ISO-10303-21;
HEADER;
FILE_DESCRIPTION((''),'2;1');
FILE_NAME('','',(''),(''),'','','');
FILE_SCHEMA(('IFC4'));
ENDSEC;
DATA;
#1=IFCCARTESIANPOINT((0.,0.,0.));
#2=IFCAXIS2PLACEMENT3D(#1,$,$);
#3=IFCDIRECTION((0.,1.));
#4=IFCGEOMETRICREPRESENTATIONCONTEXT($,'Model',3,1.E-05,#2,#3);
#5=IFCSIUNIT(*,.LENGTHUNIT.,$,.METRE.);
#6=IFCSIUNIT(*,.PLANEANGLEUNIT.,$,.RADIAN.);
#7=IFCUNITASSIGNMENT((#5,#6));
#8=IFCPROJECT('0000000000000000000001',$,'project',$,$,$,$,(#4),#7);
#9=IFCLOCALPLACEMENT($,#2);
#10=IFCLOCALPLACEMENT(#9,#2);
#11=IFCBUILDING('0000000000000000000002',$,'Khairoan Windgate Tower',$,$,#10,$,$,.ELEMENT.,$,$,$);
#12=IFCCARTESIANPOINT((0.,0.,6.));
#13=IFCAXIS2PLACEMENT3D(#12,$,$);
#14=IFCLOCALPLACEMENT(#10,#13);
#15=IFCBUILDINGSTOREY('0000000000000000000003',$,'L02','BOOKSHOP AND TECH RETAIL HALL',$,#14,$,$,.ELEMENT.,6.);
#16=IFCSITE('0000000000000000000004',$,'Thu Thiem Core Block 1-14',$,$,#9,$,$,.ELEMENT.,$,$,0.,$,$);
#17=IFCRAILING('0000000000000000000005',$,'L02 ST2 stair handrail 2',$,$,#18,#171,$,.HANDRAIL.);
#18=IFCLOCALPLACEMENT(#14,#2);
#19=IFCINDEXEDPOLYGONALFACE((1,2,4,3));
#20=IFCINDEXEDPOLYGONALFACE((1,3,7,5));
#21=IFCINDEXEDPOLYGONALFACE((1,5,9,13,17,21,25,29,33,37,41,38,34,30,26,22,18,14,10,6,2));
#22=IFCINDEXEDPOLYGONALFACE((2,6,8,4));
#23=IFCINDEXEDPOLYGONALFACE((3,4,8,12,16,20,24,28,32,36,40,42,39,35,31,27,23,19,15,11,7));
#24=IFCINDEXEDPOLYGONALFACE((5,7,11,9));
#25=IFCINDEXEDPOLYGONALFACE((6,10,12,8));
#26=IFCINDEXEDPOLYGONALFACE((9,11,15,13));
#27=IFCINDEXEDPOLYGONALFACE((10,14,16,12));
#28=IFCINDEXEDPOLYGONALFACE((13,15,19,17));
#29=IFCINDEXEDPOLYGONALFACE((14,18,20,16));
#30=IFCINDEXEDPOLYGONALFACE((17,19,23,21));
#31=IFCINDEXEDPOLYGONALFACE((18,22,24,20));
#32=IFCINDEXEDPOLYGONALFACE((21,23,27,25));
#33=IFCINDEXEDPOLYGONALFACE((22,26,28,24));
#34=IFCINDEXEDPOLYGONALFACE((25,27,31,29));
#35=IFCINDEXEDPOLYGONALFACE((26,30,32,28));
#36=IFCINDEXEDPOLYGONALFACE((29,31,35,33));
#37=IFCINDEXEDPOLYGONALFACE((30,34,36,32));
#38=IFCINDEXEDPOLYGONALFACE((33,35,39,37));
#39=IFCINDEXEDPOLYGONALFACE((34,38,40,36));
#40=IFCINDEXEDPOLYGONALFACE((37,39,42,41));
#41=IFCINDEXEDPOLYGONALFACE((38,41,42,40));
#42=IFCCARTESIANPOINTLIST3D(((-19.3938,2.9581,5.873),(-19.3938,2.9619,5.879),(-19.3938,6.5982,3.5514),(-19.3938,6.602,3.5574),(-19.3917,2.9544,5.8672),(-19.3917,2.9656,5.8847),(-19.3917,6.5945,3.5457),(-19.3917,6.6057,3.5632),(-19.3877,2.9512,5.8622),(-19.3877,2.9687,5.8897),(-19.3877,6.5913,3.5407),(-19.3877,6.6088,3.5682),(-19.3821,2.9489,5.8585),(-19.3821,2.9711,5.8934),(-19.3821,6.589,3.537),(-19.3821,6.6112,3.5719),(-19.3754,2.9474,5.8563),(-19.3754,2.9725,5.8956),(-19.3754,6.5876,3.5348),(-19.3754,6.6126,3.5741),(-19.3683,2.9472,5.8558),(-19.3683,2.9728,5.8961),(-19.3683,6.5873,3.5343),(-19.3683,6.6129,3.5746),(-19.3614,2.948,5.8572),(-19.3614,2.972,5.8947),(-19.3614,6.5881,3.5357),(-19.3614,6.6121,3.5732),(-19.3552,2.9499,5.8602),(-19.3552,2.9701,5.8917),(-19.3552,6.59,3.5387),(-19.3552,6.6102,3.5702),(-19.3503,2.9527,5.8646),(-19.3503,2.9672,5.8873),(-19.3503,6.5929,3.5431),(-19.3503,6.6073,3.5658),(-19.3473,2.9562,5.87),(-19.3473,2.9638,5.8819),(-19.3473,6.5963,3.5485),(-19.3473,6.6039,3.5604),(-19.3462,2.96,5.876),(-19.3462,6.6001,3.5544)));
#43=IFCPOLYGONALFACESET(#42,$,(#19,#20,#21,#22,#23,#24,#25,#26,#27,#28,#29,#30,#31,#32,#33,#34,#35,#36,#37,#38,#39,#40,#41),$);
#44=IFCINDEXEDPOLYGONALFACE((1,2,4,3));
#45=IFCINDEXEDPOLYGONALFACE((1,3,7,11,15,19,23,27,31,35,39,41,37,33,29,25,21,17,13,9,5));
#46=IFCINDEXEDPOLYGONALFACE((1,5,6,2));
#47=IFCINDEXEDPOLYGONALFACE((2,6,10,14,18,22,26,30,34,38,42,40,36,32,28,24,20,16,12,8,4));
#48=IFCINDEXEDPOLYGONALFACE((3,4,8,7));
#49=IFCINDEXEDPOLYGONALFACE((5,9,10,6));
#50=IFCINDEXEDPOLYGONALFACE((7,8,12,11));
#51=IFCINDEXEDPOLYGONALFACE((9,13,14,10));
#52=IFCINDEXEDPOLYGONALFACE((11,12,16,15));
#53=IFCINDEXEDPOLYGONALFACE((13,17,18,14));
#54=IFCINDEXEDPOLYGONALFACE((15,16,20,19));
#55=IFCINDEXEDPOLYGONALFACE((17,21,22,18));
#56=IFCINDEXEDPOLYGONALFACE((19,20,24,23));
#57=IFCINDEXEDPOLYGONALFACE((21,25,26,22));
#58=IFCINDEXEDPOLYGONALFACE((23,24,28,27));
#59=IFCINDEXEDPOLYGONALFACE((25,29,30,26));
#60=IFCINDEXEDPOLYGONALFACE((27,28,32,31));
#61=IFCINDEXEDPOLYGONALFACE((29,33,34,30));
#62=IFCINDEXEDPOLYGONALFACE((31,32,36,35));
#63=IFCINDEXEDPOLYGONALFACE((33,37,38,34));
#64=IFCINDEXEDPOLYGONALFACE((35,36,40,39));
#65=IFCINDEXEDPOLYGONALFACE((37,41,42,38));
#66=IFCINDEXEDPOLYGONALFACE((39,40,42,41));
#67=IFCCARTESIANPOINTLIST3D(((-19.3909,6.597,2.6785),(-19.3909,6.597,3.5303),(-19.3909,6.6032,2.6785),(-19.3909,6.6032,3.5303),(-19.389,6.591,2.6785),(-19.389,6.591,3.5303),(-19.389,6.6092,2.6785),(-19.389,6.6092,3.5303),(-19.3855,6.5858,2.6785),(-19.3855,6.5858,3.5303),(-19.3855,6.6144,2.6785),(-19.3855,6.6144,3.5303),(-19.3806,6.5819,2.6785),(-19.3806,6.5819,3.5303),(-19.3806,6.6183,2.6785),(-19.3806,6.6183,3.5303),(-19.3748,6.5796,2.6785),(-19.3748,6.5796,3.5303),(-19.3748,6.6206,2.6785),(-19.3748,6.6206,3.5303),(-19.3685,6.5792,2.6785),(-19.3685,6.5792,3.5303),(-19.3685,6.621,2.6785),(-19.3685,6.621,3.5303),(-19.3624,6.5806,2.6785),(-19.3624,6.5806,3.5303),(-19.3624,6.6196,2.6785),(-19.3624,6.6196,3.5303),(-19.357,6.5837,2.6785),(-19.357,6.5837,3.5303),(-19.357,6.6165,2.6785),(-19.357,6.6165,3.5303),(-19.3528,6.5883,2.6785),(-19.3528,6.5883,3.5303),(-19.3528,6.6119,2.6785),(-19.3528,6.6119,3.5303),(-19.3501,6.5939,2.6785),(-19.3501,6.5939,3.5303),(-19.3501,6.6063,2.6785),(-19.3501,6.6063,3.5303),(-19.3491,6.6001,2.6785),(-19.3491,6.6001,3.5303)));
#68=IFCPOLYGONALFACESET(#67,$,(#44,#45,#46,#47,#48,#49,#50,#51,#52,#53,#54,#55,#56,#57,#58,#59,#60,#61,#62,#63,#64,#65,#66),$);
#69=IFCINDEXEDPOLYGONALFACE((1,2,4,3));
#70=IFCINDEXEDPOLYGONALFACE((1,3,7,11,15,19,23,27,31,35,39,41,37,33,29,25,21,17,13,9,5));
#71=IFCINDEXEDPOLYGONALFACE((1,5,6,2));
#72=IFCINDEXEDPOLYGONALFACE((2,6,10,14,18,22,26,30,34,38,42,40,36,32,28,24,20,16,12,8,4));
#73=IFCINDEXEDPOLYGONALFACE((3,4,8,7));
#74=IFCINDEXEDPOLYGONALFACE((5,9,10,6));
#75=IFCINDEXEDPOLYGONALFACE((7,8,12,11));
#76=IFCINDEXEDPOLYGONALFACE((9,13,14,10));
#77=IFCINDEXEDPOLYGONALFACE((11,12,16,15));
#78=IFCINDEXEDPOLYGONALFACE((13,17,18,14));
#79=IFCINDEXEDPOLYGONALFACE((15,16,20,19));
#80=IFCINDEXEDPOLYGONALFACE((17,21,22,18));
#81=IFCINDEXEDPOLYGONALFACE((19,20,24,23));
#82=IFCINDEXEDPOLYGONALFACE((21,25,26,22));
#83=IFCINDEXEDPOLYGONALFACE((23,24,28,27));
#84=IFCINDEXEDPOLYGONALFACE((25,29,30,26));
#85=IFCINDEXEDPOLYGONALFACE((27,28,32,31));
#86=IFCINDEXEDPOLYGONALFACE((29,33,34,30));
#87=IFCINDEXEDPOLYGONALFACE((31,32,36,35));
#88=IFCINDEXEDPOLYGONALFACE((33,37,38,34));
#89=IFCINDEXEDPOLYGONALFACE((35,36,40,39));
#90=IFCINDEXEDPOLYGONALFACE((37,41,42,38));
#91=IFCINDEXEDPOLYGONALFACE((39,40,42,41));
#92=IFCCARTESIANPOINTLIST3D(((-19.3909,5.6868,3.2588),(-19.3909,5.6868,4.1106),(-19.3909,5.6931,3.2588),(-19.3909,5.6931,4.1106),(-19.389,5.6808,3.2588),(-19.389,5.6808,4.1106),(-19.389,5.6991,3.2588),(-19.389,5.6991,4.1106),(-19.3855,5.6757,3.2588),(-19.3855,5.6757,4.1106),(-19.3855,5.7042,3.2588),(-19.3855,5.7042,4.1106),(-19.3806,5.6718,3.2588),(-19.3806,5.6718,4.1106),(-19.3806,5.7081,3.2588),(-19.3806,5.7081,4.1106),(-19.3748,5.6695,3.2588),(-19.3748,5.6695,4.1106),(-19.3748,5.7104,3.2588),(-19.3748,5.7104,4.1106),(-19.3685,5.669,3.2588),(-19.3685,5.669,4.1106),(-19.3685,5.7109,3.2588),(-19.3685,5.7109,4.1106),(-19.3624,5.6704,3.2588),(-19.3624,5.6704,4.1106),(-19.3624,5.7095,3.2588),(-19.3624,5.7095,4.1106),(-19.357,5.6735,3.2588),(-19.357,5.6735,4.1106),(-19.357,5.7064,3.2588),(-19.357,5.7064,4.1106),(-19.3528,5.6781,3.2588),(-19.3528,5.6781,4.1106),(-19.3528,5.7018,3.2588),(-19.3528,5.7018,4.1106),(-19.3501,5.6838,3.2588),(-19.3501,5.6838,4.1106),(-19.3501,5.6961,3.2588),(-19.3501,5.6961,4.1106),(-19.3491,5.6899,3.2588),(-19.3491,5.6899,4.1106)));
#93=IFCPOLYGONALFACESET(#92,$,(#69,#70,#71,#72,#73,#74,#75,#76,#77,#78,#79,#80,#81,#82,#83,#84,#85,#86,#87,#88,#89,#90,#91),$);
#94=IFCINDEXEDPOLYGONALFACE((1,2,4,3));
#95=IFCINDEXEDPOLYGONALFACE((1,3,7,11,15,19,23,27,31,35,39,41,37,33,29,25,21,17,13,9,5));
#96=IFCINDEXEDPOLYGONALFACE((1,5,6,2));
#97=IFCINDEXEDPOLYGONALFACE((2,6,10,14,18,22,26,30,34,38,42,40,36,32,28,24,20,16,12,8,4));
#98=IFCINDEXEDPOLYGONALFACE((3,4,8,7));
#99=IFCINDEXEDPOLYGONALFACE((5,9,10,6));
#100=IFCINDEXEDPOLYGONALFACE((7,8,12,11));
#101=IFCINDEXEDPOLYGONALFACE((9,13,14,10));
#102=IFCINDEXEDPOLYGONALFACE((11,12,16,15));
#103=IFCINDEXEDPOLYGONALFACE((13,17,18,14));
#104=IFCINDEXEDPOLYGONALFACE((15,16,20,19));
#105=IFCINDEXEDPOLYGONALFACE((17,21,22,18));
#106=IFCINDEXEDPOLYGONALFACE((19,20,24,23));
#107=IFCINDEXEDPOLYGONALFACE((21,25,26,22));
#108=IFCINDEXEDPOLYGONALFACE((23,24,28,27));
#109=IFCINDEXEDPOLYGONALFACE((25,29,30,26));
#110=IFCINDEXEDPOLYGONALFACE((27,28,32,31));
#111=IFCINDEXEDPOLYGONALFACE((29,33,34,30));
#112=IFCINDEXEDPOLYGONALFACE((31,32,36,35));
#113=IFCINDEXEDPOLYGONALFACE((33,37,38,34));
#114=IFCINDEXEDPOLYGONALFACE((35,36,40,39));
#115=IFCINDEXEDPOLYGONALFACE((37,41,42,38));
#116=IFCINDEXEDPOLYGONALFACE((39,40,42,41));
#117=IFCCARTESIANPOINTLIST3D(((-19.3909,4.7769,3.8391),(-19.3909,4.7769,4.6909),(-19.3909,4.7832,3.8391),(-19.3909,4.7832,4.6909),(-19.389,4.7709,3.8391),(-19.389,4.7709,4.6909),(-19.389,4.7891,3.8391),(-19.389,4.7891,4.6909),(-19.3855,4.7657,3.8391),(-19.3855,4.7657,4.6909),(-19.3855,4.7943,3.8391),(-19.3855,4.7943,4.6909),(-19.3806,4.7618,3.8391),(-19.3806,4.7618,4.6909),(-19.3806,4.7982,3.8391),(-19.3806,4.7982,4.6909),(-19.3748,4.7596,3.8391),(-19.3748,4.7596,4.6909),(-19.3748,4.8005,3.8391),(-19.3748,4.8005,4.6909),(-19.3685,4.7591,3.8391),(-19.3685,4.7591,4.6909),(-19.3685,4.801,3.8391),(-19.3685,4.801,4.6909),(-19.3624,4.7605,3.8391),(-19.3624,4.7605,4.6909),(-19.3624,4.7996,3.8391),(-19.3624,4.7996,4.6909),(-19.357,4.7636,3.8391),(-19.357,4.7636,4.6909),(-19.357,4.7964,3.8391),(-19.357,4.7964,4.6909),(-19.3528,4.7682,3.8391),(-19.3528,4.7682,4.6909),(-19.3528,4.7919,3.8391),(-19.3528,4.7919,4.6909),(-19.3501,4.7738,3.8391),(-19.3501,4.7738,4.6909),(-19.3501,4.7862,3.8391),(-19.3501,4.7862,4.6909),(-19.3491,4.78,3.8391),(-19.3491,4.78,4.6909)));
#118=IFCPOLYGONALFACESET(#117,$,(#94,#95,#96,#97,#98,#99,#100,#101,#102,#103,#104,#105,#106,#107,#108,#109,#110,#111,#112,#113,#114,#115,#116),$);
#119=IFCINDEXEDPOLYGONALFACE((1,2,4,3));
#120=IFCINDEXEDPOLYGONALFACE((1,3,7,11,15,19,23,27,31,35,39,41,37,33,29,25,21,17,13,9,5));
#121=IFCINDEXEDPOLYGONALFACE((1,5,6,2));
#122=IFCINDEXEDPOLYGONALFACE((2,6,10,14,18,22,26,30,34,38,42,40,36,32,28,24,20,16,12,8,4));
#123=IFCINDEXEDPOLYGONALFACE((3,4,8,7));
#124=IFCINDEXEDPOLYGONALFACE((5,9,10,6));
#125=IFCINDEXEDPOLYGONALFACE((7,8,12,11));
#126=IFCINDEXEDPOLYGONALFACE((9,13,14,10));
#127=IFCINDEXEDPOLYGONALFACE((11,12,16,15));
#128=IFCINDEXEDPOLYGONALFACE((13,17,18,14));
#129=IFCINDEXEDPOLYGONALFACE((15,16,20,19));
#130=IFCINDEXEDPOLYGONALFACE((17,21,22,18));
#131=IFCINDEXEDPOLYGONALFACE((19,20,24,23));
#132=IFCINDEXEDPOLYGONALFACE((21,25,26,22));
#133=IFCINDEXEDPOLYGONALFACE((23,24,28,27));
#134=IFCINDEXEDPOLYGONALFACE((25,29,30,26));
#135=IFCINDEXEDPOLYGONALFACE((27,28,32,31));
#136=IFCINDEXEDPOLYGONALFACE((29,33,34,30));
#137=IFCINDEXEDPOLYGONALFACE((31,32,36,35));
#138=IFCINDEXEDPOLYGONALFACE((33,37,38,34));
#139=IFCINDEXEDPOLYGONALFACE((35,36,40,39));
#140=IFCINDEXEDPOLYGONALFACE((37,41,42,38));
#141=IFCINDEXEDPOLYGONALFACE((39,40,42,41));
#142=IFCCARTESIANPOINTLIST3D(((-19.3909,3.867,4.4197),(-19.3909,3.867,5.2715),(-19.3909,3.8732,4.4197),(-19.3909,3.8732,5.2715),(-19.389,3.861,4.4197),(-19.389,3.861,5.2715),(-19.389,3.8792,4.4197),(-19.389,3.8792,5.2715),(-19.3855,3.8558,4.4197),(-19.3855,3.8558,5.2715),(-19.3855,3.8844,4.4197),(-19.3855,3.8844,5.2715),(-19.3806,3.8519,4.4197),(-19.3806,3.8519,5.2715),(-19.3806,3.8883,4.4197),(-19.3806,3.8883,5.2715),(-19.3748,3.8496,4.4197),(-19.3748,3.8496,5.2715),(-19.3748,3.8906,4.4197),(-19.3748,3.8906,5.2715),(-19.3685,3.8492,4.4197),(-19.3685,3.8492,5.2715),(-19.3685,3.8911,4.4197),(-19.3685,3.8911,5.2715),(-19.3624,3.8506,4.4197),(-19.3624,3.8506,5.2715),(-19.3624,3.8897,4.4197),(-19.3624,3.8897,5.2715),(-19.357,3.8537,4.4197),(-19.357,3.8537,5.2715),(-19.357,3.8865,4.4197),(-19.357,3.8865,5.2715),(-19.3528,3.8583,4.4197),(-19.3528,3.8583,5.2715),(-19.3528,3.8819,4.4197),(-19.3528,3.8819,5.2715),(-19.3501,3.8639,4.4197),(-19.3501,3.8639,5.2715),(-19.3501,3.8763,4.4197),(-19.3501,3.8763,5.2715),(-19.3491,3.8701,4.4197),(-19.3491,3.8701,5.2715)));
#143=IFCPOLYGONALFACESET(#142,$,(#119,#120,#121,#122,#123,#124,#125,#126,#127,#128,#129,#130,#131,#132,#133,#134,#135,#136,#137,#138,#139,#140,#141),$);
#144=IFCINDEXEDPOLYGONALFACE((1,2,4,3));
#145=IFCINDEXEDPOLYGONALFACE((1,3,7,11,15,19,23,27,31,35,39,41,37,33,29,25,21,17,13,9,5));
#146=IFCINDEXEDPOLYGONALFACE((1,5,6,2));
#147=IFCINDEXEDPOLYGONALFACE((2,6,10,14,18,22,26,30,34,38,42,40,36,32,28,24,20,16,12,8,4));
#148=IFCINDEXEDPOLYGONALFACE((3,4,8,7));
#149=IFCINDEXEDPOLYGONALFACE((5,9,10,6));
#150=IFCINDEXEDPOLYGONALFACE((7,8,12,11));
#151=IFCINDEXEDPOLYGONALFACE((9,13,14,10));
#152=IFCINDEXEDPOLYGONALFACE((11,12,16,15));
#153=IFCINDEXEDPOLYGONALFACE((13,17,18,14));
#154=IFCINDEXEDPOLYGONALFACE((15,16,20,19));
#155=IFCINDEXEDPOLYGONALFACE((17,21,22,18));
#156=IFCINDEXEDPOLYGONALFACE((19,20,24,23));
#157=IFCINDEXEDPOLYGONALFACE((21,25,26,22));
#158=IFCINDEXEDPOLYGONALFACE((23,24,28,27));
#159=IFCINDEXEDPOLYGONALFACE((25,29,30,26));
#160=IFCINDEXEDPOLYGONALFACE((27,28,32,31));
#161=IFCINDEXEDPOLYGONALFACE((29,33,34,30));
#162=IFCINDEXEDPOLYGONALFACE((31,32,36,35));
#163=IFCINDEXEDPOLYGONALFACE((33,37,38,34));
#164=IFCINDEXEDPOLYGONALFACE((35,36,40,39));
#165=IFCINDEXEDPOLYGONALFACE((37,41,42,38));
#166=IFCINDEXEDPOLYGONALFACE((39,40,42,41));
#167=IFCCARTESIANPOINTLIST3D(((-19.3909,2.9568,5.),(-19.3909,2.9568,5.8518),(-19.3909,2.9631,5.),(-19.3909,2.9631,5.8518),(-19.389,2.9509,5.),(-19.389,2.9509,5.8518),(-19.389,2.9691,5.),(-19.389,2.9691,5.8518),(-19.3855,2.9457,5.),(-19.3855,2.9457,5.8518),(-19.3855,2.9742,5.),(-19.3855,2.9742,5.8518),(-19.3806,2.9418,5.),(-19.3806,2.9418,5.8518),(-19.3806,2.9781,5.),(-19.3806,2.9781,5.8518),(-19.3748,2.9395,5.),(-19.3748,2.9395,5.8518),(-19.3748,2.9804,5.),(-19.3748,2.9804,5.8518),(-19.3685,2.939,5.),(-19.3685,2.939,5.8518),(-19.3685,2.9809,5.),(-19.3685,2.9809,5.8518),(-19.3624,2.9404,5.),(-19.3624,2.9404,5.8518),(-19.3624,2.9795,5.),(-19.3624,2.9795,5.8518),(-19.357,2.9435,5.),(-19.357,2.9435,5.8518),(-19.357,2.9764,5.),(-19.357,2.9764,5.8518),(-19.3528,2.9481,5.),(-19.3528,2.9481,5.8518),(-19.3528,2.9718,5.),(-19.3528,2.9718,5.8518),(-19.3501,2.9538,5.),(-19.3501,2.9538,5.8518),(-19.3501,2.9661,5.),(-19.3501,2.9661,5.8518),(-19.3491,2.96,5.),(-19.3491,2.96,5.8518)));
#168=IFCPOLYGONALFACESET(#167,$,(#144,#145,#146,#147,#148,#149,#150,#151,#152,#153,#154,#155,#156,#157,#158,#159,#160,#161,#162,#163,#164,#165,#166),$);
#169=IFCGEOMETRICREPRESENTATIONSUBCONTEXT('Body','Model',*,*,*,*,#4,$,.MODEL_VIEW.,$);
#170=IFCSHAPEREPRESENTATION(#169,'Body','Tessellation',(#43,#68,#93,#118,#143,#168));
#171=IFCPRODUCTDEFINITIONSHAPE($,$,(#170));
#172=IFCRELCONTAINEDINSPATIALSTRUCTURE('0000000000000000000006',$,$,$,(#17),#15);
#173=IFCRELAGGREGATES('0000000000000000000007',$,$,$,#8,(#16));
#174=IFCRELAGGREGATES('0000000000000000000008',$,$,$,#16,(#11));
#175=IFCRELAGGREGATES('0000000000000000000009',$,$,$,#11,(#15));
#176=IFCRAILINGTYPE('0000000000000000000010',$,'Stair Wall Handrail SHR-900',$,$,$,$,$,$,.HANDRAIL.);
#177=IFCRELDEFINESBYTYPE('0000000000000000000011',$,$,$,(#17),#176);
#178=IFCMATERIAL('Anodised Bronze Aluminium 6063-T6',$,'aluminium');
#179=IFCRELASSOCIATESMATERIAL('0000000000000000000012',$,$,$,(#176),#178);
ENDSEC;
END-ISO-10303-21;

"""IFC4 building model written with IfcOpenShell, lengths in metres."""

from ifc_helpers import new_model, si_unit, direction, frame, origin, origin_2d, place, context, subcontext, project, spatial, circle, extrude, material, type_object, element, save


model = new_model("IFC4")

# Units and contexts
model_context = context("Model", 3, precision=1e-05, world=origin(), true_north=direction((0.0, 1.0)))
body_context = subcontext(model_context, "Body", "Model", "MODEL_VIEW")
ifc_project = project(units=[si_unit("LENGTHUNIT", "METRE"), si_unit("PLANEANGLEUNIT", "RADIAN")], contexts=[model_context])

# Site, building, storey
site_placement = place(None, origin())
site = spatial("IfcSite", under=ifc_project, at=site_placement, Name="Thu Thiem Core Block 1-14", CompositionType="ELEMENT", RefElevation=0.0)
building_placement = place(site_placement, origin())
building = spatial("IfcBuilding", under=site, at=building_placement, Name="Khairoan Windgate Tower", CompositionType="ELEMENT")
storey_placement = place(building_placement, frame((0.0, 0.0, 6.0)))
storey = spatial("IfcBuildingStorey", under=building, at=storey_placement, Name="L02", Description="BOOKSHOP AND TECH RETAIL HALL", CompositionType="ELEMENT", Elevation=6.0)

# Railing
ifc_material_1 = material(Name="Anodised Bronze Aluminium 6063-T6", Category="aluminium")
railing_type_1 = type_object("IfcRailingType", Name="Stair Wall Handrail SHR-900", PredefinedType="HANDRAIL", material=ifc_material_1)
railing_1_placement = place(storey_placement, frame((-19.3701, 6.6001, 2.6785)))
element("IfcRailing", 1, at=railing_1_placement, inside=storey, type_object=railing_type_1, Name="L02 ST2 stair handrail 2", PredefinedType="HANDRAIL", context=body_context, shape_type="SweptSolid", body=[
    extrude(circle(Radius=0.0239, at=origin_2d()), frame((0.0, 0.0, 0.876), z_axis=(0.0, -0.843128, 0.537713), x_axis=(1.0, 0.0, 0.0)), (0.0, 0.0, 1.0), 4.3174),
    extrude(circle(Radius=0.021, at=origin_2d()), origin(), (0.0, 0.0, 1.0), 0.8518),
    extrude(circle(Radius=0.021, at=origin_2d()), frame((0.0, -0.9102, 0.5803)), (0.0, 0.0, 1.0), 0.8518),
    extrude(circle(Radius=0.021, at=origin_2d()), frame((0.0, -1.8201, 1.1606)), (0.0, 0.0, 1.0), 0.8518),
    extrude(circle(Radius=0.021, at=origin_2d()), frame((0.0, -2.73, 1.7412)), (0.0, 0.0, 1.0), 0.8518),
    extrude(circle(Radius=0.021, at=origin_2d()), frame((0.0, -3.6401, 2.3215)), (0.0, 0.0, 1.0), 0.8518),
])

save(model, "model.ifc")
